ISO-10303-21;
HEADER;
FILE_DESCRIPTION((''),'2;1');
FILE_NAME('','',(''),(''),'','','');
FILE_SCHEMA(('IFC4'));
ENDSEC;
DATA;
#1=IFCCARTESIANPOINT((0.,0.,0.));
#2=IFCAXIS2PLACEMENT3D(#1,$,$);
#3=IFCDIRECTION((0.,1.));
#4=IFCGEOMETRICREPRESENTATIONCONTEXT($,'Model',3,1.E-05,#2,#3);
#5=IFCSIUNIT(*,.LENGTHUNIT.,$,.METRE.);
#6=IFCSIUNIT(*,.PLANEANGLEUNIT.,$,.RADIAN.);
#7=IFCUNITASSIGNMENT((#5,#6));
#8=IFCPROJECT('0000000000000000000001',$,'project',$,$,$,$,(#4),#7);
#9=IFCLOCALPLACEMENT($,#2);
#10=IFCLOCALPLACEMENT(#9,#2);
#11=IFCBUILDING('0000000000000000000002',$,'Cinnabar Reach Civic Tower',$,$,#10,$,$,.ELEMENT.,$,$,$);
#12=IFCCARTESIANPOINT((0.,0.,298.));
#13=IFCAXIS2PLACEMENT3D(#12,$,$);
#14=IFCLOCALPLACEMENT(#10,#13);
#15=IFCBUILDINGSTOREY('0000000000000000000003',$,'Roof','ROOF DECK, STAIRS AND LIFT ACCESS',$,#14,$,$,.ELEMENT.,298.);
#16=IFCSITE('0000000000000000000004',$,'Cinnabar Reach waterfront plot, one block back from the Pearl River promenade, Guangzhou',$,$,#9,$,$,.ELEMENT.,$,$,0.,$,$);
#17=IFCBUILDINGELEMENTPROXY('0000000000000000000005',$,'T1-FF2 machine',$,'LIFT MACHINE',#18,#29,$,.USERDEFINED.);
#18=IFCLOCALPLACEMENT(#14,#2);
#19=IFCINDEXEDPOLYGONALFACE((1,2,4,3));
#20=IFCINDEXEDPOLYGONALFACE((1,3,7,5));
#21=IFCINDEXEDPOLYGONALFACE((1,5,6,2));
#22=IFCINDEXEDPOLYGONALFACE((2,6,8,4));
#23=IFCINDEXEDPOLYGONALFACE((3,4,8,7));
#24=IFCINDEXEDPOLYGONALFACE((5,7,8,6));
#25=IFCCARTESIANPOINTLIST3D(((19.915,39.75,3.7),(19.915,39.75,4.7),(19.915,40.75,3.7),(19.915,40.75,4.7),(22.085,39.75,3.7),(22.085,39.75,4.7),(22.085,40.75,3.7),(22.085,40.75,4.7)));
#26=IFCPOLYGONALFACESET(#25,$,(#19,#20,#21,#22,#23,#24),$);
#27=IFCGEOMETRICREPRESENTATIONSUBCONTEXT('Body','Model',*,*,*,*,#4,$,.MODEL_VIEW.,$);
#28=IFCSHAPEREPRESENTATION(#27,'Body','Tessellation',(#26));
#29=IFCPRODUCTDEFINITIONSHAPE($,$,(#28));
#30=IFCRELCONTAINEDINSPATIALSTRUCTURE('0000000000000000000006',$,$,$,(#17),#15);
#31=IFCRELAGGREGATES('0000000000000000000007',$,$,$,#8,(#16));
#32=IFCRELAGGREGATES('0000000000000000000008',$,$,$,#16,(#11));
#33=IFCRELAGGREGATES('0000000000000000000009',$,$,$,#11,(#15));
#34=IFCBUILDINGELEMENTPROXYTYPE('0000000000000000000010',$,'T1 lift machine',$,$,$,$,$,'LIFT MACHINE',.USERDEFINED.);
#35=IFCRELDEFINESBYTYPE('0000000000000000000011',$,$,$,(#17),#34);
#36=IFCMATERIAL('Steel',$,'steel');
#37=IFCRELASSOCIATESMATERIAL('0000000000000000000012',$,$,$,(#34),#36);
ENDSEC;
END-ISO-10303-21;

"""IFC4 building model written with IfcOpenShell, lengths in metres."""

from ifc_helpers import new_model, si_unit, direction, frame, origin, origin_2d, place, context, subcontext, project, spatial, rectangle, extrude, material, type_object, element, save


model = new_model("IFC4")

# Units and contexts
model_context = context("Model", 3, precision=1e-05, world=origin(), true_north=direction((0.0, 1.0)))
body_context = subcontext(model_context, "Body", "Model", "MODEL_VIEW")
ifc_project = project(units=[si_unit("LENGTHUNIT", "METRE"), si_unit("PLANEANGLEUNIT", "RADIAN")], contexts=[model_context])

# Site, building, storey
site_placement = place(None, origin())
site = spatial("IfcSite", under=ifc_project, at=site_placement, Name="Cinnabar Reach waterfront plot, one block back from the Pearl River promenade, Guangzhou", CompositionType="ELEMENT", RefElevation=0.0)
building_placement = place(site_placement, origin())
building = spatial("IfcBuilding", under=site, at=building_placement, Name="Cinnabar Reach Civic Tower", CompositionType="ELEMENT")
storey_placement = place(building_placement, frame((0.0, 0.0, 298.0)))
storey = spatial("IfcBuildingStorey", under=building, at=storey_placement, Name="Roof", Description="ROOF DECK, STAIRS AND LIFT ACCESS", CompositionType="ELEMENT", Elevation=298.0)

# Building element proxy
ifc_material_1 = material(Name="Steel", Category="steel")
building_element_proxy_type = type_object("IfcBuildingElementProxyType", Name="T1 lift machine", ElementType="LIFT MACHINE", PredefinedType="USERDEFINED", material=ifc_material_1)
for number, where, z_axis, x_axis, name in (
    (1, (21.0, 40.25, 3.7), (0.0, 0.0, 1.0), (1.0, 0.0, 0.0), "T1-FF2 machine"),
):
    element("IfcBuildingElementProxy", number, at=place(storey_placement, frame(where, z_axis=z_axis, x_axis=x_axis)), inside=storey, type_object=building_element_proxy_type, Name=name, ObjectType="LIFT MACHINE", PredefinedType="USERDEFINED", context=body_context, shape_type="SweptSolid", body=[
        extrude(rectangle(XDim=2.17, YDim=1.0, at=origin_2d()), origin(), (0.0, 0.0, 1.0), 1.0),
    ])

save(model, "model.ifc")
